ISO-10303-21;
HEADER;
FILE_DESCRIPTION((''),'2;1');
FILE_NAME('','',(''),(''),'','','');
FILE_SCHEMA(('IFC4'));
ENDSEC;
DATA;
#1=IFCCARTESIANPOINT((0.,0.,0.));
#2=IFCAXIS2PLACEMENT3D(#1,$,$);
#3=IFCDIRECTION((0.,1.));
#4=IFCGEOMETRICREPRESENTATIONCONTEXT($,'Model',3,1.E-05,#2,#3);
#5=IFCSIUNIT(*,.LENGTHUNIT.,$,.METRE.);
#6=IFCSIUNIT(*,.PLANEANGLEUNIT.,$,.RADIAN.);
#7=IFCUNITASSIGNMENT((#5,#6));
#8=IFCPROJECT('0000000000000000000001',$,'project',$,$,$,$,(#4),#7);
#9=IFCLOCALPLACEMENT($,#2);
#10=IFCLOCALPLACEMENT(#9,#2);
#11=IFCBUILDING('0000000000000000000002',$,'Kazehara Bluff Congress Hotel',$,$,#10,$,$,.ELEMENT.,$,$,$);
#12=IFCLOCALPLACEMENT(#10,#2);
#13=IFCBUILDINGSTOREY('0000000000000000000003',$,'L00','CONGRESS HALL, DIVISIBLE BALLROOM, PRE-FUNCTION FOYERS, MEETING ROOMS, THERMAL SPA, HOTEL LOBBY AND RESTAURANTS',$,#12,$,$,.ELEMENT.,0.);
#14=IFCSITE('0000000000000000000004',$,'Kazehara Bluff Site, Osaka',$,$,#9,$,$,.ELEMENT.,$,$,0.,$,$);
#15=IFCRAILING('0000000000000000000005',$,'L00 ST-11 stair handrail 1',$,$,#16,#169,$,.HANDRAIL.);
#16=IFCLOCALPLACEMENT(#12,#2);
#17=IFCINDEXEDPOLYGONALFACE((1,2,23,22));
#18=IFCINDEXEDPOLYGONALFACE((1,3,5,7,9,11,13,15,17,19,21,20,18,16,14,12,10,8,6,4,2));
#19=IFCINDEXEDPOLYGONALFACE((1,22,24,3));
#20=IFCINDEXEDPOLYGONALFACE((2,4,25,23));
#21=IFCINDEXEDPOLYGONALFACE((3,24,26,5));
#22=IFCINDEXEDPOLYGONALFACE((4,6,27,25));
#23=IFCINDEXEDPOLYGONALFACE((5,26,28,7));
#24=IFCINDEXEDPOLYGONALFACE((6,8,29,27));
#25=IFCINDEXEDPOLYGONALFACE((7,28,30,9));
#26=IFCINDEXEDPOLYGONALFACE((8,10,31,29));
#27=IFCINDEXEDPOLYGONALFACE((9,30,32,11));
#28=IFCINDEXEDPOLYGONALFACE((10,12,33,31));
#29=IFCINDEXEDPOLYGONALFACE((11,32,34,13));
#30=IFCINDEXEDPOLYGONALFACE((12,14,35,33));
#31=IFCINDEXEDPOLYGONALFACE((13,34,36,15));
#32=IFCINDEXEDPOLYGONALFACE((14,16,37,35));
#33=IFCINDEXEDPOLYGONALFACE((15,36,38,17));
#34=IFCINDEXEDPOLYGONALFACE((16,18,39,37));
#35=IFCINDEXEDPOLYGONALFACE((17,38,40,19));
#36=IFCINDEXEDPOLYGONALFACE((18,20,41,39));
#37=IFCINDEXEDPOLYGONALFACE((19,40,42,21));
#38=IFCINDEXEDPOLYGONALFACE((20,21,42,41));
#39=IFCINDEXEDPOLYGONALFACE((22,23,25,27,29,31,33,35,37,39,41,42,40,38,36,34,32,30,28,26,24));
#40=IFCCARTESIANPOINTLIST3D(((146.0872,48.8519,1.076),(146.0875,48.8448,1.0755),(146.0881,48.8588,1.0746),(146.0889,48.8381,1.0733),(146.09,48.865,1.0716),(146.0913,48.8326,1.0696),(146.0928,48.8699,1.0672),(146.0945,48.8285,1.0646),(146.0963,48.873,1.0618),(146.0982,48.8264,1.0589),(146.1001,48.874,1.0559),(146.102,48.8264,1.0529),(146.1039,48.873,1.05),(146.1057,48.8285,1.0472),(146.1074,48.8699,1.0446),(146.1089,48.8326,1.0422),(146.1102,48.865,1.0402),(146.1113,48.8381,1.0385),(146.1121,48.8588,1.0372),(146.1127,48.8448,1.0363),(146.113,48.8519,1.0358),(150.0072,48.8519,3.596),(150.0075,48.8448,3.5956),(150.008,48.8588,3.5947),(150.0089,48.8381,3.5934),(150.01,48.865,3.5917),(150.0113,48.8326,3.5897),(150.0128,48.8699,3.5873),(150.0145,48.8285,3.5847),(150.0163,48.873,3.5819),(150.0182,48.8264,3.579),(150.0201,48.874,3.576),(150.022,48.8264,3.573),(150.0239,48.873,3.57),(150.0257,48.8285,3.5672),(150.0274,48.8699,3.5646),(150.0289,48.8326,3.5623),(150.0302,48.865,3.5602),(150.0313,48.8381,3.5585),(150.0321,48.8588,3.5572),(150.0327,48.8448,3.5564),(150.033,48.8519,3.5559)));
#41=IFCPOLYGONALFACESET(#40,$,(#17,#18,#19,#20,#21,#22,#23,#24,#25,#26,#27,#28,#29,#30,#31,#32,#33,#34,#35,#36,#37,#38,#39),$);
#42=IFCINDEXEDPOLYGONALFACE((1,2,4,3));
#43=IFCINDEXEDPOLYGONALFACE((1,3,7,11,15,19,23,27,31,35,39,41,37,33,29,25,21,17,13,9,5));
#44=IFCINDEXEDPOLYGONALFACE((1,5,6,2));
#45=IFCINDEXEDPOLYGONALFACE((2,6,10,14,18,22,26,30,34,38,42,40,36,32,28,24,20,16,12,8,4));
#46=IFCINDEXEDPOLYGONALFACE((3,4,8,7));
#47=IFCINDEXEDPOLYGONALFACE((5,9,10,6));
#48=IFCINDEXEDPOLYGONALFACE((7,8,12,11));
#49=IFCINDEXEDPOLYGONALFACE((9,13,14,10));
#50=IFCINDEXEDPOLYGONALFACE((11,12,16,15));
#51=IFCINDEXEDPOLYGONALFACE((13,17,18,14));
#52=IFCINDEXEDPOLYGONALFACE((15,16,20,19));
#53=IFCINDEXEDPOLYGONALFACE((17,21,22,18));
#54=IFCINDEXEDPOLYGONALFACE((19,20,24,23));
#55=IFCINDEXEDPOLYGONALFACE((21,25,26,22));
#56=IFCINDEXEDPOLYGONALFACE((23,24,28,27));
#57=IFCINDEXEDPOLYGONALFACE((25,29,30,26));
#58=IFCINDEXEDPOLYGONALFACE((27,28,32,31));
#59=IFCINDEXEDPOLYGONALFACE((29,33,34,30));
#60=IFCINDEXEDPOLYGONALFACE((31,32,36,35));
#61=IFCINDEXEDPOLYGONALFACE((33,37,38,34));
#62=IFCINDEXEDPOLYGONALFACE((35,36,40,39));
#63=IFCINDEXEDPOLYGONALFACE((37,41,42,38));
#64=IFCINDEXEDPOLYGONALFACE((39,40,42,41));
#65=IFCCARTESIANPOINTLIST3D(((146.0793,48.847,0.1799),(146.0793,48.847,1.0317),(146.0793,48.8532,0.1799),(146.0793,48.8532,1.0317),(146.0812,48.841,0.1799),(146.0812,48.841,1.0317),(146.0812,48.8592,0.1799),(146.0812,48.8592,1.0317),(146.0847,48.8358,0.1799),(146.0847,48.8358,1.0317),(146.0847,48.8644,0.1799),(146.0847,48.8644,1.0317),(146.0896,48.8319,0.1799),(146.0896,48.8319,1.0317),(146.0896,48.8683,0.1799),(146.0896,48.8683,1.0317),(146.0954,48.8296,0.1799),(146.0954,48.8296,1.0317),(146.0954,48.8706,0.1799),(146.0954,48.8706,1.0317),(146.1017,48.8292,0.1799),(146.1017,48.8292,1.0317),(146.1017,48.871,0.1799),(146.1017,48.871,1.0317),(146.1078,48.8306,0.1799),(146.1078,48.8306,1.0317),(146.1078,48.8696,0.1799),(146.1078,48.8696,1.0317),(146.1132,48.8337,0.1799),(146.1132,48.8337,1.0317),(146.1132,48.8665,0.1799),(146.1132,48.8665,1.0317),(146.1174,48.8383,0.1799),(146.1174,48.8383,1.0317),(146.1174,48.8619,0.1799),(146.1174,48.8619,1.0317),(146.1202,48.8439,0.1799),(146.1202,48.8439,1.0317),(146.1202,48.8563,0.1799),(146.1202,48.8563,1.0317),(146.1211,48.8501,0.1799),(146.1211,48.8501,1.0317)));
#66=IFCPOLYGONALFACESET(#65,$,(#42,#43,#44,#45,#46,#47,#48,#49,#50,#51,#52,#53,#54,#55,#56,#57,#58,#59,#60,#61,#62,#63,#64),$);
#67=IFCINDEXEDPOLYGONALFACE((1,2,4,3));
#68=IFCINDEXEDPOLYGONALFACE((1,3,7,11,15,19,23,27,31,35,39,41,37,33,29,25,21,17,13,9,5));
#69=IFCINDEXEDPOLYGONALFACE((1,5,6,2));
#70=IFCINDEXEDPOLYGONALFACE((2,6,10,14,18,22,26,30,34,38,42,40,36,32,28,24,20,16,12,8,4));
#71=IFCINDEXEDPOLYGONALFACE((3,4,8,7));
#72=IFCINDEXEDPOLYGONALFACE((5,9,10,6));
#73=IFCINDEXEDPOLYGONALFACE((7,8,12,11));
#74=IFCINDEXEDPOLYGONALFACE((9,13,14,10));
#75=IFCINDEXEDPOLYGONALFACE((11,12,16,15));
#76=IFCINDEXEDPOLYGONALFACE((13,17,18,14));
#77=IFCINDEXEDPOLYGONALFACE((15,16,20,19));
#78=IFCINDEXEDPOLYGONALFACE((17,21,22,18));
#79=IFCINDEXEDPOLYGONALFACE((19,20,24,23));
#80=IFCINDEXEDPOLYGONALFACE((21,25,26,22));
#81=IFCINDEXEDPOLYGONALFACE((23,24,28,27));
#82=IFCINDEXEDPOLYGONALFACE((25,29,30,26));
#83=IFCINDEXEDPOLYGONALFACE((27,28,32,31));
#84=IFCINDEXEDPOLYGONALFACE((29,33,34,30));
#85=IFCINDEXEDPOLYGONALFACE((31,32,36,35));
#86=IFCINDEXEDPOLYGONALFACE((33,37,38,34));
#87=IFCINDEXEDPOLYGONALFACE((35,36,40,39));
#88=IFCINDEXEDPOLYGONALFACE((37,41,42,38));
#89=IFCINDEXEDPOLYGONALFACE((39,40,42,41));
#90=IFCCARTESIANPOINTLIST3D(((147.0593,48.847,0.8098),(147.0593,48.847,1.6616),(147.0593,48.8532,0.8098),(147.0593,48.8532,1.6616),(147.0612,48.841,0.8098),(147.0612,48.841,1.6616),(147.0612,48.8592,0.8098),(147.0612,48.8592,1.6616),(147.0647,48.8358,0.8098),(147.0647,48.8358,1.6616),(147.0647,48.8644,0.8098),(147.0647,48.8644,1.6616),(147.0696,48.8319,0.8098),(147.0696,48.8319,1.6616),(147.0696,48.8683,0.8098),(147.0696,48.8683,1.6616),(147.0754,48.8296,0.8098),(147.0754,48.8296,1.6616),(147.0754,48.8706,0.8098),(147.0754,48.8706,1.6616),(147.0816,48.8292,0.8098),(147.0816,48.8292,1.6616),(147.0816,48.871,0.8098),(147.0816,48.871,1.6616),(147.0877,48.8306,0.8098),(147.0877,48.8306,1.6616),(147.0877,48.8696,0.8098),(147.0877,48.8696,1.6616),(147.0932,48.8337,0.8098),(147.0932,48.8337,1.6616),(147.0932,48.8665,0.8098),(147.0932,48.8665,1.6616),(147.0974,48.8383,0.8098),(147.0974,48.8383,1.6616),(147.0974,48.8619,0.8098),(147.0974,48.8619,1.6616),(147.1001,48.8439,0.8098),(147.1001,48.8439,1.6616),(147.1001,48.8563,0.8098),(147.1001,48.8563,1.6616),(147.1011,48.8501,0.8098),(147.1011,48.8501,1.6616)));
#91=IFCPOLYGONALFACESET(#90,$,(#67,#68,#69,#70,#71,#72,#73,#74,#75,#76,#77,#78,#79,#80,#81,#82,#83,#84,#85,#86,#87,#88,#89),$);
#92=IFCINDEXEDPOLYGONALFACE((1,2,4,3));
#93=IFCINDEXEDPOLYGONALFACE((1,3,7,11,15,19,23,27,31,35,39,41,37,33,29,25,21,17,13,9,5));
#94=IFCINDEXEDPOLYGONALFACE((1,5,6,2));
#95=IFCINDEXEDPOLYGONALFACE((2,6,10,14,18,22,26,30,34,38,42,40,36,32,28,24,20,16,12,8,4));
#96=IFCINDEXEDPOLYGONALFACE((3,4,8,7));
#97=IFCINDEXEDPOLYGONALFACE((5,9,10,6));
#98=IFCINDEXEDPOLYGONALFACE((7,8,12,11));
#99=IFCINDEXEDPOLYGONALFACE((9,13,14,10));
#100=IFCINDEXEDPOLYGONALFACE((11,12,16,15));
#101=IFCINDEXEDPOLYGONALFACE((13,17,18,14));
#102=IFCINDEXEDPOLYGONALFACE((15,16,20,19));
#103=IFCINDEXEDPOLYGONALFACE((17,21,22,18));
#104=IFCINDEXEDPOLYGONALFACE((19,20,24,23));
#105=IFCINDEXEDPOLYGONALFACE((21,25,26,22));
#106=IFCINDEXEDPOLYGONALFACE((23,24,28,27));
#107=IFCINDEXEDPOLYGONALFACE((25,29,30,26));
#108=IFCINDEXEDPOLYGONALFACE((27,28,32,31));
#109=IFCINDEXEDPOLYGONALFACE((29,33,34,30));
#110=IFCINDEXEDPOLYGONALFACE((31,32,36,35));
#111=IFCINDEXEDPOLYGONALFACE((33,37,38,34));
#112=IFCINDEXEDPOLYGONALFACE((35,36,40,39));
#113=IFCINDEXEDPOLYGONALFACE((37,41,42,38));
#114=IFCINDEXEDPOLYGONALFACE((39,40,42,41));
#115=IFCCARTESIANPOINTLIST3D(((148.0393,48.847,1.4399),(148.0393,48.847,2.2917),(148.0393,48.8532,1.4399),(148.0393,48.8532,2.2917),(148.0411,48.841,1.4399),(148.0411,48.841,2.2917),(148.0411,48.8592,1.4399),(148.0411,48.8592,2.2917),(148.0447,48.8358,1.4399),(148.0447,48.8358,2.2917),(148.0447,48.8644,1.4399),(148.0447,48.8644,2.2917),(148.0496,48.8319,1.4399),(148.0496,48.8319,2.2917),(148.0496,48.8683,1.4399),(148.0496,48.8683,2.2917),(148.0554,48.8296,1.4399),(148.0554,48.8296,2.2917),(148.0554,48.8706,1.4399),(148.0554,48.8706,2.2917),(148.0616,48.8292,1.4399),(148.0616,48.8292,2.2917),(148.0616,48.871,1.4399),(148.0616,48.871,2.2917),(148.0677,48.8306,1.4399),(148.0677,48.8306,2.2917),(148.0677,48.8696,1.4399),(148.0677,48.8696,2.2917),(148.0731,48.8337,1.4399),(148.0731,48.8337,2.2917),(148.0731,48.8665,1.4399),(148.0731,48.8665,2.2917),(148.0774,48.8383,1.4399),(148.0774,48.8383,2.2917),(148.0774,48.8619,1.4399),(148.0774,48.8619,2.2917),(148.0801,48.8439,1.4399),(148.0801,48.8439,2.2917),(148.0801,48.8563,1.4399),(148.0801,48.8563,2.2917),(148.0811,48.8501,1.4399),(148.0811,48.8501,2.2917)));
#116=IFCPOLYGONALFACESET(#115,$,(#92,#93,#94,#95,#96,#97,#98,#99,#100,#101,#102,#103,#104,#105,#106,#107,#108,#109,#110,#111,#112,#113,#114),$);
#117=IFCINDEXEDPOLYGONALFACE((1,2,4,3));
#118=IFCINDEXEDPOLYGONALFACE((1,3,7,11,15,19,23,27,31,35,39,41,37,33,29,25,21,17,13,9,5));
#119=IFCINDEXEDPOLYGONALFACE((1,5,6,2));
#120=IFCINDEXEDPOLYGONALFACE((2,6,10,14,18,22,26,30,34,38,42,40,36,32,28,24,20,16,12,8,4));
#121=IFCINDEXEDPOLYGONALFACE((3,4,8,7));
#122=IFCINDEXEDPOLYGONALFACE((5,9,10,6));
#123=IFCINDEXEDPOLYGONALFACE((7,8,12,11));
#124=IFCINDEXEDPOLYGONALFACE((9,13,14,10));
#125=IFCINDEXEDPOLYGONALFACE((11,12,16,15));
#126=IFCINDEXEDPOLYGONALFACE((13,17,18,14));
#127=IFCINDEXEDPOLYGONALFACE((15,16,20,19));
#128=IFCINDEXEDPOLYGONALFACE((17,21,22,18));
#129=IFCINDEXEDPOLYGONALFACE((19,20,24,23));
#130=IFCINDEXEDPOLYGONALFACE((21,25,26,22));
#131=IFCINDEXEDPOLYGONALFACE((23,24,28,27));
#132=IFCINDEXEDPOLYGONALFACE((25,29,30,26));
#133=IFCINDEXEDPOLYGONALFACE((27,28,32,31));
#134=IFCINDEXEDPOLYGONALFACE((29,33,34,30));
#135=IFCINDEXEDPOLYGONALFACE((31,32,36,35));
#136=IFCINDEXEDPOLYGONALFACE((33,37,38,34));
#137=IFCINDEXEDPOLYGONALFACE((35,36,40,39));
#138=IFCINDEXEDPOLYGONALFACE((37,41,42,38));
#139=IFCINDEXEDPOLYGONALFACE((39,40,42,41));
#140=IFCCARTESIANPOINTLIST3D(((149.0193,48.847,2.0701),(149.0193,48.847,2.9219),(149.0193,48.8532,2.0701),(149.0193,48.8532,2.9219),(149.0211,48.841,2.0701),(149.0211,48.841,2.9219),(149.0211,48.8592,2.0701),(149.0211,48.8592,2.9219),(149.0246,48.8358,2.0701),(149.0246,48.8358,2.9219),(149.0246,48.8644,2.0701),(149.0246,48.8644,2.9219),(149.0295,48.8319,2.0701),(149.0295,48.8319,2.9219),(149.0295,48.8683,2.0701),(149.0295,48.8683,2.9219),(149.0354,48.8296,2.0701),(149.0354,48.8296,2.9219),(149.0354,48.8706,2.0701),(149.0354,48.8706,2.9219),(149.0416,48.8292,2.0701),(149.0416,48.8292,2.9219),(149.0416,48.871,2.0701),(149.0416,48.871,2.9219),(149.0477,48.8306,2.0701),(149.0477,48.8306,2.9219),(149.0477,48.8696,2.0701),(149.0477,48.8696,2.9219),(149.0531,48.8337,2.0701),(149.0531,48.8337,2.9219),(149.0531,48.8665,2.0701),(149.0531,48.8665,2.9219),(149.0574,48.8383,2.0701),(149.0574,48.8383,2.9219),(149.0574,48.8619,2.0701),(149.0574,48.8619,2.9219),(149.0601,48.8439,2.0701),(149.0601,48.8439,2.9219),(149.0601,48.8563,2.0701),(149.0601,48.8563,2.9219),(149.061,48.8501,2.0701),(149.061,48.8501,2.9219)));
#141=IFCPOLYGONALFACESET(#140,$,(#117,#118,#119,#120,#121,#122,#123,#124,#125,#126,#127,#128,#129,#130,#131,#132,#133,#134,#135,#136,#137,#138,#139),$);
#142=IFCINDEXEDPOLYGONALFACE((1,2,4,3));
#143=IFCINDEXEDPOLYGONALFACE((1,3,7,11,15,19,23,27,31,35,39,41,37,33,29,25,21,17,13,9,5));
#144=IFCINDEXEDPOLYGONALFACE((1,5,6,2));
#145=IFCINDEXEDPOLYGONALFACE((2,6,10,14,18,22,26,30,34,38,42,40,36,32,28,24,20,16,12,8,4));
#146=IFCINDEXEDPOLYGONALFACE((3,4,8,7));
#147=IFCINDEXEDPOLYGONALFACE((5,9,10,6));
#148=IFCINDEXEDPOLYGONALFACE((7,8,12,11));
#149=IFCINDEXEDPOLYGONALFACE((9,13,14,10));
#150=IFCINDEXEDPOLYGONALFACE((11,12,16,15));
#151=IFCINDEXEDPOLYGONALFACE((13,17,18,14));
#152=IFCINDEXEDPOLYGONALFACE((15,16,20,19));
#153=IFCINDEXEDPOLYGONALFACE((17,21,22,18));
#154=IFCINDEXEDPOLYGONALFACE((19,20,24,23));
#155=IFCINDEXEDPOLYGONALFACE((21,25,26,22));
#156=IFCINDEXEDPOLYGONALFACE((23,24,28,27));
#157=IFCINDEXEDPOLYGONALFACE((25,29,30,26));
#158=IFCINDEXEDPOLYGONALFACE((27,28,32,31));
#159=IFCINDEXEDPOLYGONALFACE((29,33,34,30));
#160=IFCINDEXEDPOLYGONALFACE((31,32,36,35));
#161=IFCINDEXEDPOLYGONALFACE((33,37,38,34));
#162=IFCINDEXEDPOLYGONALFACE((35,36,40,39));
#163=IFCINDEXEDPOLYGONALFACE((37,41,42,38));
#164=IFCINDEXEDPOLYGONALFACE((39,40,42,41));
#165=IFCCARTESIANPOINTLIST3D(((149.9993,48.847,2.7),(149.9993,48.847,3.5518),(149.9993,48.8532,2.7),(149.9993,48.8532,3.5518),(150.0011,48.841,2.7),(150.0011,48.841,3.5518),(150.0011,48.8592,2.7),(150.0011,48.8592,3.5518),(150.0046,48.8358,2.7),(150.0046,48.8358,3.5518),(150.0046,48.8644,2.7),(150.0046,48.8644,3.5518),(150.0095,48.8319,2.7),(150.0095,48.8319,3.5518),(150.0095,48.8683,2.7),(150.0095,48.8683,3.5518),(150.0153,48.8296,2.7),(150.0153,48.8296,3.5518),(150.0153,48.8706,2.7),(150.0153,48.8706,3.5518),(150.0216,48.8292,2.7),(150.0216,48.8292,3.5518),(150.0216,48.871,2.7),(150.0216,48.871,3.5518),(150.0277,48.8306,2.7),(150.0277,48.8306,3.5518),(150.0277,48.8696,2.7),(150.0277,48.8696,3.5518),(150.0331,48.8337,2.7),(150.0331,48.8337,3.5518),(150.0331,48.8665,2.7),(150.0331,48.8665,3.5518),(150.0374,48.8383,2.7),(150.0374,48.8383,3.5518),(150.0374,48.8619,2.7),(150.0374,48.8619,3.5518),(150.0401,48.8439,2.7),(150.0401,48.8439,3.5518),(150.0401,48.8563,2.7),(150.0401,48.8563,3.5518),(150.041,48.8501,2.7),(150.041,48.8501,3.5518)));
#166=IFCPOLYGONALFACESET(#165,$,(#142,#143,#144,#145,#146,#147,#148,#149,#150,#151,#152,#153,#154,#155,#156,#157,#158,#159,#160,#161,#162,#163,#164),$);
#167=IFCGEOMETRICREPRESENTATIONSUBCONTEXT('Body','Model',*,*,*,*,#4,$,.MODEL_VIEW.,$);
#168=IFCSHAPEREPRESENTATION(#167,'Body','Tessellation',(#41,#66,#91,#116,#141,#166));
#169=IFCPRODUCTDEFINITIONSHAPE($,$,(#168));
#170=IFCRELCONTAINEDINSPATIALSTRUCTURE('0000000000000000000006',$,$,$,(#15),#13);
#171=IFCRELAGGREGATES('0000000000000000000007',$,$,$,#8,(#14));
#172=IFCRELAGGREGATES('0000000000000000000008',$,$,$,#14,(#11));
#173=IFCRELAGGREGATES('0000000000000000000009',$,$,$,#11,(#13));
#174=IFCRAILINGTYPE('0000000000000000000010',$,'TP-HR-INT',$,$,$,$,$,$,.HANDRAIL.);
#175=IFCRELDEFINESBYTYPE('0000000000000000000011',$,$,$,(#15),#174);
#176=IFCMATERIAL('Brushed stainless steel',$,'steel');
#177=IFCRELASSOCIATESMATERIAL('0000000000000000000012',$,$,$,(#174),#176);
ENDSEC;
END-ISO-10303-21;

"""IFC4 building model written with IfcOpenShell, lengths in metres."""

from ifc_helpers import new_model, si_unit, direction, frame, origin, origin_2d, place, context, subcontext, project, spatial, circle, extrude, material, type_object, element, save


model = new_model("IFC4")

# Units and contexts
model_context = context("Model", 3, precision=1e-05, world=origin(), true_north=direction((0.0, 1.0)))
body_context = subcontext(model_context, "Body", "Model", "MODEL_VIEW")
ifc_project = project(units=[si_unit("LENGTHUNIT", "METRE"), si_unit("PLANEANGLEUNIT", "RADIAN")], contexts=[model_context])

# Site, building, storey
site_placement = place(None, origin())
site = spatial("IfcSite", under=ifc_project, at=site_placement, Name="Kazehara Bluff Site, Osaka", CompositionType="ELEMENT", RefElevation=0.0)
building_placement = place(site_placement, origin())
building = spatial("IfcBuilding", under=site, at=building_placement, Name="Kazehara Bluff Congress Hotel", CompositionType="ELEMENT")
storey_placement = place(building_placement, origin())
storey = spatial("IfcBuildingStorey", under=building, at=storey_placement, Name="L00", Description="CONGRESS HALL, DIVISIBLE BALLROOM, PRE-FUNCTION FOYERS, MEETING ROOMS, THERMAL SPA, HOTEL LOBBY AND RESTAURANTS", CompositionType="ELEMENT", Elevation=0.0)

# Railing
ifc_material_1 = material(Name="Brushed stainless steel", Category="steel")
railing_type_1 = type_object("IfcRailingType", Name="TP-HR-INT", PredefinedType="HANDRAIL", material=ifc_material_1)
railing_1_placement = place(storey_placement, frame((146.1001, 48.8501, 0.1799)))
element("IfcRailing", 1, at=railing_1_placement, inside=storey, type_object=railing_type_1, Name="L00 ST-11 stair handrail 1", PredefinedType="HANDRAIL", context=body_context, shape_type="SweptSolid", body=[
    extrude(circle(Radius=0.0239, at=origin_2d()), frame((0.0, 0.0, 0.876), z_axis=(0.841172, 0.0, 0.540768), x_axis=(0.0, 1.0, 0.0)), (0.0, 0.0, 1.0), 4.6602),
    extrude(circle(Radius=0.021, at=origin_2d()), origin(), (0.0, 0.0, 1.0), 0.8518),
    extrude(circle(Radius=0.021, at=origin_2d()), frame((0.98, 0.0, 0.6299)), (0.0, 0.0, 1.0), 0.8518),
    extrude(circle(Radius=0.021, at=origin_2d()), frame((1.96, 0.0, 1.26)), (0.0, 0.0, 1.0), 0.8518),
    extrude(circle(Radius=0.021, at=origin_2d()), frame((2.9399, 0.0, 1.8901)), (0.0, 0.0, 1.0), 0.8518),
    extrude(circle(Radius=0.021, at=origin_2d()), frame((3.9199, 0.0, 2.52)), (0.0, 0.0, 1.0), 0.8518),
])

save(model, "model.ifc")
